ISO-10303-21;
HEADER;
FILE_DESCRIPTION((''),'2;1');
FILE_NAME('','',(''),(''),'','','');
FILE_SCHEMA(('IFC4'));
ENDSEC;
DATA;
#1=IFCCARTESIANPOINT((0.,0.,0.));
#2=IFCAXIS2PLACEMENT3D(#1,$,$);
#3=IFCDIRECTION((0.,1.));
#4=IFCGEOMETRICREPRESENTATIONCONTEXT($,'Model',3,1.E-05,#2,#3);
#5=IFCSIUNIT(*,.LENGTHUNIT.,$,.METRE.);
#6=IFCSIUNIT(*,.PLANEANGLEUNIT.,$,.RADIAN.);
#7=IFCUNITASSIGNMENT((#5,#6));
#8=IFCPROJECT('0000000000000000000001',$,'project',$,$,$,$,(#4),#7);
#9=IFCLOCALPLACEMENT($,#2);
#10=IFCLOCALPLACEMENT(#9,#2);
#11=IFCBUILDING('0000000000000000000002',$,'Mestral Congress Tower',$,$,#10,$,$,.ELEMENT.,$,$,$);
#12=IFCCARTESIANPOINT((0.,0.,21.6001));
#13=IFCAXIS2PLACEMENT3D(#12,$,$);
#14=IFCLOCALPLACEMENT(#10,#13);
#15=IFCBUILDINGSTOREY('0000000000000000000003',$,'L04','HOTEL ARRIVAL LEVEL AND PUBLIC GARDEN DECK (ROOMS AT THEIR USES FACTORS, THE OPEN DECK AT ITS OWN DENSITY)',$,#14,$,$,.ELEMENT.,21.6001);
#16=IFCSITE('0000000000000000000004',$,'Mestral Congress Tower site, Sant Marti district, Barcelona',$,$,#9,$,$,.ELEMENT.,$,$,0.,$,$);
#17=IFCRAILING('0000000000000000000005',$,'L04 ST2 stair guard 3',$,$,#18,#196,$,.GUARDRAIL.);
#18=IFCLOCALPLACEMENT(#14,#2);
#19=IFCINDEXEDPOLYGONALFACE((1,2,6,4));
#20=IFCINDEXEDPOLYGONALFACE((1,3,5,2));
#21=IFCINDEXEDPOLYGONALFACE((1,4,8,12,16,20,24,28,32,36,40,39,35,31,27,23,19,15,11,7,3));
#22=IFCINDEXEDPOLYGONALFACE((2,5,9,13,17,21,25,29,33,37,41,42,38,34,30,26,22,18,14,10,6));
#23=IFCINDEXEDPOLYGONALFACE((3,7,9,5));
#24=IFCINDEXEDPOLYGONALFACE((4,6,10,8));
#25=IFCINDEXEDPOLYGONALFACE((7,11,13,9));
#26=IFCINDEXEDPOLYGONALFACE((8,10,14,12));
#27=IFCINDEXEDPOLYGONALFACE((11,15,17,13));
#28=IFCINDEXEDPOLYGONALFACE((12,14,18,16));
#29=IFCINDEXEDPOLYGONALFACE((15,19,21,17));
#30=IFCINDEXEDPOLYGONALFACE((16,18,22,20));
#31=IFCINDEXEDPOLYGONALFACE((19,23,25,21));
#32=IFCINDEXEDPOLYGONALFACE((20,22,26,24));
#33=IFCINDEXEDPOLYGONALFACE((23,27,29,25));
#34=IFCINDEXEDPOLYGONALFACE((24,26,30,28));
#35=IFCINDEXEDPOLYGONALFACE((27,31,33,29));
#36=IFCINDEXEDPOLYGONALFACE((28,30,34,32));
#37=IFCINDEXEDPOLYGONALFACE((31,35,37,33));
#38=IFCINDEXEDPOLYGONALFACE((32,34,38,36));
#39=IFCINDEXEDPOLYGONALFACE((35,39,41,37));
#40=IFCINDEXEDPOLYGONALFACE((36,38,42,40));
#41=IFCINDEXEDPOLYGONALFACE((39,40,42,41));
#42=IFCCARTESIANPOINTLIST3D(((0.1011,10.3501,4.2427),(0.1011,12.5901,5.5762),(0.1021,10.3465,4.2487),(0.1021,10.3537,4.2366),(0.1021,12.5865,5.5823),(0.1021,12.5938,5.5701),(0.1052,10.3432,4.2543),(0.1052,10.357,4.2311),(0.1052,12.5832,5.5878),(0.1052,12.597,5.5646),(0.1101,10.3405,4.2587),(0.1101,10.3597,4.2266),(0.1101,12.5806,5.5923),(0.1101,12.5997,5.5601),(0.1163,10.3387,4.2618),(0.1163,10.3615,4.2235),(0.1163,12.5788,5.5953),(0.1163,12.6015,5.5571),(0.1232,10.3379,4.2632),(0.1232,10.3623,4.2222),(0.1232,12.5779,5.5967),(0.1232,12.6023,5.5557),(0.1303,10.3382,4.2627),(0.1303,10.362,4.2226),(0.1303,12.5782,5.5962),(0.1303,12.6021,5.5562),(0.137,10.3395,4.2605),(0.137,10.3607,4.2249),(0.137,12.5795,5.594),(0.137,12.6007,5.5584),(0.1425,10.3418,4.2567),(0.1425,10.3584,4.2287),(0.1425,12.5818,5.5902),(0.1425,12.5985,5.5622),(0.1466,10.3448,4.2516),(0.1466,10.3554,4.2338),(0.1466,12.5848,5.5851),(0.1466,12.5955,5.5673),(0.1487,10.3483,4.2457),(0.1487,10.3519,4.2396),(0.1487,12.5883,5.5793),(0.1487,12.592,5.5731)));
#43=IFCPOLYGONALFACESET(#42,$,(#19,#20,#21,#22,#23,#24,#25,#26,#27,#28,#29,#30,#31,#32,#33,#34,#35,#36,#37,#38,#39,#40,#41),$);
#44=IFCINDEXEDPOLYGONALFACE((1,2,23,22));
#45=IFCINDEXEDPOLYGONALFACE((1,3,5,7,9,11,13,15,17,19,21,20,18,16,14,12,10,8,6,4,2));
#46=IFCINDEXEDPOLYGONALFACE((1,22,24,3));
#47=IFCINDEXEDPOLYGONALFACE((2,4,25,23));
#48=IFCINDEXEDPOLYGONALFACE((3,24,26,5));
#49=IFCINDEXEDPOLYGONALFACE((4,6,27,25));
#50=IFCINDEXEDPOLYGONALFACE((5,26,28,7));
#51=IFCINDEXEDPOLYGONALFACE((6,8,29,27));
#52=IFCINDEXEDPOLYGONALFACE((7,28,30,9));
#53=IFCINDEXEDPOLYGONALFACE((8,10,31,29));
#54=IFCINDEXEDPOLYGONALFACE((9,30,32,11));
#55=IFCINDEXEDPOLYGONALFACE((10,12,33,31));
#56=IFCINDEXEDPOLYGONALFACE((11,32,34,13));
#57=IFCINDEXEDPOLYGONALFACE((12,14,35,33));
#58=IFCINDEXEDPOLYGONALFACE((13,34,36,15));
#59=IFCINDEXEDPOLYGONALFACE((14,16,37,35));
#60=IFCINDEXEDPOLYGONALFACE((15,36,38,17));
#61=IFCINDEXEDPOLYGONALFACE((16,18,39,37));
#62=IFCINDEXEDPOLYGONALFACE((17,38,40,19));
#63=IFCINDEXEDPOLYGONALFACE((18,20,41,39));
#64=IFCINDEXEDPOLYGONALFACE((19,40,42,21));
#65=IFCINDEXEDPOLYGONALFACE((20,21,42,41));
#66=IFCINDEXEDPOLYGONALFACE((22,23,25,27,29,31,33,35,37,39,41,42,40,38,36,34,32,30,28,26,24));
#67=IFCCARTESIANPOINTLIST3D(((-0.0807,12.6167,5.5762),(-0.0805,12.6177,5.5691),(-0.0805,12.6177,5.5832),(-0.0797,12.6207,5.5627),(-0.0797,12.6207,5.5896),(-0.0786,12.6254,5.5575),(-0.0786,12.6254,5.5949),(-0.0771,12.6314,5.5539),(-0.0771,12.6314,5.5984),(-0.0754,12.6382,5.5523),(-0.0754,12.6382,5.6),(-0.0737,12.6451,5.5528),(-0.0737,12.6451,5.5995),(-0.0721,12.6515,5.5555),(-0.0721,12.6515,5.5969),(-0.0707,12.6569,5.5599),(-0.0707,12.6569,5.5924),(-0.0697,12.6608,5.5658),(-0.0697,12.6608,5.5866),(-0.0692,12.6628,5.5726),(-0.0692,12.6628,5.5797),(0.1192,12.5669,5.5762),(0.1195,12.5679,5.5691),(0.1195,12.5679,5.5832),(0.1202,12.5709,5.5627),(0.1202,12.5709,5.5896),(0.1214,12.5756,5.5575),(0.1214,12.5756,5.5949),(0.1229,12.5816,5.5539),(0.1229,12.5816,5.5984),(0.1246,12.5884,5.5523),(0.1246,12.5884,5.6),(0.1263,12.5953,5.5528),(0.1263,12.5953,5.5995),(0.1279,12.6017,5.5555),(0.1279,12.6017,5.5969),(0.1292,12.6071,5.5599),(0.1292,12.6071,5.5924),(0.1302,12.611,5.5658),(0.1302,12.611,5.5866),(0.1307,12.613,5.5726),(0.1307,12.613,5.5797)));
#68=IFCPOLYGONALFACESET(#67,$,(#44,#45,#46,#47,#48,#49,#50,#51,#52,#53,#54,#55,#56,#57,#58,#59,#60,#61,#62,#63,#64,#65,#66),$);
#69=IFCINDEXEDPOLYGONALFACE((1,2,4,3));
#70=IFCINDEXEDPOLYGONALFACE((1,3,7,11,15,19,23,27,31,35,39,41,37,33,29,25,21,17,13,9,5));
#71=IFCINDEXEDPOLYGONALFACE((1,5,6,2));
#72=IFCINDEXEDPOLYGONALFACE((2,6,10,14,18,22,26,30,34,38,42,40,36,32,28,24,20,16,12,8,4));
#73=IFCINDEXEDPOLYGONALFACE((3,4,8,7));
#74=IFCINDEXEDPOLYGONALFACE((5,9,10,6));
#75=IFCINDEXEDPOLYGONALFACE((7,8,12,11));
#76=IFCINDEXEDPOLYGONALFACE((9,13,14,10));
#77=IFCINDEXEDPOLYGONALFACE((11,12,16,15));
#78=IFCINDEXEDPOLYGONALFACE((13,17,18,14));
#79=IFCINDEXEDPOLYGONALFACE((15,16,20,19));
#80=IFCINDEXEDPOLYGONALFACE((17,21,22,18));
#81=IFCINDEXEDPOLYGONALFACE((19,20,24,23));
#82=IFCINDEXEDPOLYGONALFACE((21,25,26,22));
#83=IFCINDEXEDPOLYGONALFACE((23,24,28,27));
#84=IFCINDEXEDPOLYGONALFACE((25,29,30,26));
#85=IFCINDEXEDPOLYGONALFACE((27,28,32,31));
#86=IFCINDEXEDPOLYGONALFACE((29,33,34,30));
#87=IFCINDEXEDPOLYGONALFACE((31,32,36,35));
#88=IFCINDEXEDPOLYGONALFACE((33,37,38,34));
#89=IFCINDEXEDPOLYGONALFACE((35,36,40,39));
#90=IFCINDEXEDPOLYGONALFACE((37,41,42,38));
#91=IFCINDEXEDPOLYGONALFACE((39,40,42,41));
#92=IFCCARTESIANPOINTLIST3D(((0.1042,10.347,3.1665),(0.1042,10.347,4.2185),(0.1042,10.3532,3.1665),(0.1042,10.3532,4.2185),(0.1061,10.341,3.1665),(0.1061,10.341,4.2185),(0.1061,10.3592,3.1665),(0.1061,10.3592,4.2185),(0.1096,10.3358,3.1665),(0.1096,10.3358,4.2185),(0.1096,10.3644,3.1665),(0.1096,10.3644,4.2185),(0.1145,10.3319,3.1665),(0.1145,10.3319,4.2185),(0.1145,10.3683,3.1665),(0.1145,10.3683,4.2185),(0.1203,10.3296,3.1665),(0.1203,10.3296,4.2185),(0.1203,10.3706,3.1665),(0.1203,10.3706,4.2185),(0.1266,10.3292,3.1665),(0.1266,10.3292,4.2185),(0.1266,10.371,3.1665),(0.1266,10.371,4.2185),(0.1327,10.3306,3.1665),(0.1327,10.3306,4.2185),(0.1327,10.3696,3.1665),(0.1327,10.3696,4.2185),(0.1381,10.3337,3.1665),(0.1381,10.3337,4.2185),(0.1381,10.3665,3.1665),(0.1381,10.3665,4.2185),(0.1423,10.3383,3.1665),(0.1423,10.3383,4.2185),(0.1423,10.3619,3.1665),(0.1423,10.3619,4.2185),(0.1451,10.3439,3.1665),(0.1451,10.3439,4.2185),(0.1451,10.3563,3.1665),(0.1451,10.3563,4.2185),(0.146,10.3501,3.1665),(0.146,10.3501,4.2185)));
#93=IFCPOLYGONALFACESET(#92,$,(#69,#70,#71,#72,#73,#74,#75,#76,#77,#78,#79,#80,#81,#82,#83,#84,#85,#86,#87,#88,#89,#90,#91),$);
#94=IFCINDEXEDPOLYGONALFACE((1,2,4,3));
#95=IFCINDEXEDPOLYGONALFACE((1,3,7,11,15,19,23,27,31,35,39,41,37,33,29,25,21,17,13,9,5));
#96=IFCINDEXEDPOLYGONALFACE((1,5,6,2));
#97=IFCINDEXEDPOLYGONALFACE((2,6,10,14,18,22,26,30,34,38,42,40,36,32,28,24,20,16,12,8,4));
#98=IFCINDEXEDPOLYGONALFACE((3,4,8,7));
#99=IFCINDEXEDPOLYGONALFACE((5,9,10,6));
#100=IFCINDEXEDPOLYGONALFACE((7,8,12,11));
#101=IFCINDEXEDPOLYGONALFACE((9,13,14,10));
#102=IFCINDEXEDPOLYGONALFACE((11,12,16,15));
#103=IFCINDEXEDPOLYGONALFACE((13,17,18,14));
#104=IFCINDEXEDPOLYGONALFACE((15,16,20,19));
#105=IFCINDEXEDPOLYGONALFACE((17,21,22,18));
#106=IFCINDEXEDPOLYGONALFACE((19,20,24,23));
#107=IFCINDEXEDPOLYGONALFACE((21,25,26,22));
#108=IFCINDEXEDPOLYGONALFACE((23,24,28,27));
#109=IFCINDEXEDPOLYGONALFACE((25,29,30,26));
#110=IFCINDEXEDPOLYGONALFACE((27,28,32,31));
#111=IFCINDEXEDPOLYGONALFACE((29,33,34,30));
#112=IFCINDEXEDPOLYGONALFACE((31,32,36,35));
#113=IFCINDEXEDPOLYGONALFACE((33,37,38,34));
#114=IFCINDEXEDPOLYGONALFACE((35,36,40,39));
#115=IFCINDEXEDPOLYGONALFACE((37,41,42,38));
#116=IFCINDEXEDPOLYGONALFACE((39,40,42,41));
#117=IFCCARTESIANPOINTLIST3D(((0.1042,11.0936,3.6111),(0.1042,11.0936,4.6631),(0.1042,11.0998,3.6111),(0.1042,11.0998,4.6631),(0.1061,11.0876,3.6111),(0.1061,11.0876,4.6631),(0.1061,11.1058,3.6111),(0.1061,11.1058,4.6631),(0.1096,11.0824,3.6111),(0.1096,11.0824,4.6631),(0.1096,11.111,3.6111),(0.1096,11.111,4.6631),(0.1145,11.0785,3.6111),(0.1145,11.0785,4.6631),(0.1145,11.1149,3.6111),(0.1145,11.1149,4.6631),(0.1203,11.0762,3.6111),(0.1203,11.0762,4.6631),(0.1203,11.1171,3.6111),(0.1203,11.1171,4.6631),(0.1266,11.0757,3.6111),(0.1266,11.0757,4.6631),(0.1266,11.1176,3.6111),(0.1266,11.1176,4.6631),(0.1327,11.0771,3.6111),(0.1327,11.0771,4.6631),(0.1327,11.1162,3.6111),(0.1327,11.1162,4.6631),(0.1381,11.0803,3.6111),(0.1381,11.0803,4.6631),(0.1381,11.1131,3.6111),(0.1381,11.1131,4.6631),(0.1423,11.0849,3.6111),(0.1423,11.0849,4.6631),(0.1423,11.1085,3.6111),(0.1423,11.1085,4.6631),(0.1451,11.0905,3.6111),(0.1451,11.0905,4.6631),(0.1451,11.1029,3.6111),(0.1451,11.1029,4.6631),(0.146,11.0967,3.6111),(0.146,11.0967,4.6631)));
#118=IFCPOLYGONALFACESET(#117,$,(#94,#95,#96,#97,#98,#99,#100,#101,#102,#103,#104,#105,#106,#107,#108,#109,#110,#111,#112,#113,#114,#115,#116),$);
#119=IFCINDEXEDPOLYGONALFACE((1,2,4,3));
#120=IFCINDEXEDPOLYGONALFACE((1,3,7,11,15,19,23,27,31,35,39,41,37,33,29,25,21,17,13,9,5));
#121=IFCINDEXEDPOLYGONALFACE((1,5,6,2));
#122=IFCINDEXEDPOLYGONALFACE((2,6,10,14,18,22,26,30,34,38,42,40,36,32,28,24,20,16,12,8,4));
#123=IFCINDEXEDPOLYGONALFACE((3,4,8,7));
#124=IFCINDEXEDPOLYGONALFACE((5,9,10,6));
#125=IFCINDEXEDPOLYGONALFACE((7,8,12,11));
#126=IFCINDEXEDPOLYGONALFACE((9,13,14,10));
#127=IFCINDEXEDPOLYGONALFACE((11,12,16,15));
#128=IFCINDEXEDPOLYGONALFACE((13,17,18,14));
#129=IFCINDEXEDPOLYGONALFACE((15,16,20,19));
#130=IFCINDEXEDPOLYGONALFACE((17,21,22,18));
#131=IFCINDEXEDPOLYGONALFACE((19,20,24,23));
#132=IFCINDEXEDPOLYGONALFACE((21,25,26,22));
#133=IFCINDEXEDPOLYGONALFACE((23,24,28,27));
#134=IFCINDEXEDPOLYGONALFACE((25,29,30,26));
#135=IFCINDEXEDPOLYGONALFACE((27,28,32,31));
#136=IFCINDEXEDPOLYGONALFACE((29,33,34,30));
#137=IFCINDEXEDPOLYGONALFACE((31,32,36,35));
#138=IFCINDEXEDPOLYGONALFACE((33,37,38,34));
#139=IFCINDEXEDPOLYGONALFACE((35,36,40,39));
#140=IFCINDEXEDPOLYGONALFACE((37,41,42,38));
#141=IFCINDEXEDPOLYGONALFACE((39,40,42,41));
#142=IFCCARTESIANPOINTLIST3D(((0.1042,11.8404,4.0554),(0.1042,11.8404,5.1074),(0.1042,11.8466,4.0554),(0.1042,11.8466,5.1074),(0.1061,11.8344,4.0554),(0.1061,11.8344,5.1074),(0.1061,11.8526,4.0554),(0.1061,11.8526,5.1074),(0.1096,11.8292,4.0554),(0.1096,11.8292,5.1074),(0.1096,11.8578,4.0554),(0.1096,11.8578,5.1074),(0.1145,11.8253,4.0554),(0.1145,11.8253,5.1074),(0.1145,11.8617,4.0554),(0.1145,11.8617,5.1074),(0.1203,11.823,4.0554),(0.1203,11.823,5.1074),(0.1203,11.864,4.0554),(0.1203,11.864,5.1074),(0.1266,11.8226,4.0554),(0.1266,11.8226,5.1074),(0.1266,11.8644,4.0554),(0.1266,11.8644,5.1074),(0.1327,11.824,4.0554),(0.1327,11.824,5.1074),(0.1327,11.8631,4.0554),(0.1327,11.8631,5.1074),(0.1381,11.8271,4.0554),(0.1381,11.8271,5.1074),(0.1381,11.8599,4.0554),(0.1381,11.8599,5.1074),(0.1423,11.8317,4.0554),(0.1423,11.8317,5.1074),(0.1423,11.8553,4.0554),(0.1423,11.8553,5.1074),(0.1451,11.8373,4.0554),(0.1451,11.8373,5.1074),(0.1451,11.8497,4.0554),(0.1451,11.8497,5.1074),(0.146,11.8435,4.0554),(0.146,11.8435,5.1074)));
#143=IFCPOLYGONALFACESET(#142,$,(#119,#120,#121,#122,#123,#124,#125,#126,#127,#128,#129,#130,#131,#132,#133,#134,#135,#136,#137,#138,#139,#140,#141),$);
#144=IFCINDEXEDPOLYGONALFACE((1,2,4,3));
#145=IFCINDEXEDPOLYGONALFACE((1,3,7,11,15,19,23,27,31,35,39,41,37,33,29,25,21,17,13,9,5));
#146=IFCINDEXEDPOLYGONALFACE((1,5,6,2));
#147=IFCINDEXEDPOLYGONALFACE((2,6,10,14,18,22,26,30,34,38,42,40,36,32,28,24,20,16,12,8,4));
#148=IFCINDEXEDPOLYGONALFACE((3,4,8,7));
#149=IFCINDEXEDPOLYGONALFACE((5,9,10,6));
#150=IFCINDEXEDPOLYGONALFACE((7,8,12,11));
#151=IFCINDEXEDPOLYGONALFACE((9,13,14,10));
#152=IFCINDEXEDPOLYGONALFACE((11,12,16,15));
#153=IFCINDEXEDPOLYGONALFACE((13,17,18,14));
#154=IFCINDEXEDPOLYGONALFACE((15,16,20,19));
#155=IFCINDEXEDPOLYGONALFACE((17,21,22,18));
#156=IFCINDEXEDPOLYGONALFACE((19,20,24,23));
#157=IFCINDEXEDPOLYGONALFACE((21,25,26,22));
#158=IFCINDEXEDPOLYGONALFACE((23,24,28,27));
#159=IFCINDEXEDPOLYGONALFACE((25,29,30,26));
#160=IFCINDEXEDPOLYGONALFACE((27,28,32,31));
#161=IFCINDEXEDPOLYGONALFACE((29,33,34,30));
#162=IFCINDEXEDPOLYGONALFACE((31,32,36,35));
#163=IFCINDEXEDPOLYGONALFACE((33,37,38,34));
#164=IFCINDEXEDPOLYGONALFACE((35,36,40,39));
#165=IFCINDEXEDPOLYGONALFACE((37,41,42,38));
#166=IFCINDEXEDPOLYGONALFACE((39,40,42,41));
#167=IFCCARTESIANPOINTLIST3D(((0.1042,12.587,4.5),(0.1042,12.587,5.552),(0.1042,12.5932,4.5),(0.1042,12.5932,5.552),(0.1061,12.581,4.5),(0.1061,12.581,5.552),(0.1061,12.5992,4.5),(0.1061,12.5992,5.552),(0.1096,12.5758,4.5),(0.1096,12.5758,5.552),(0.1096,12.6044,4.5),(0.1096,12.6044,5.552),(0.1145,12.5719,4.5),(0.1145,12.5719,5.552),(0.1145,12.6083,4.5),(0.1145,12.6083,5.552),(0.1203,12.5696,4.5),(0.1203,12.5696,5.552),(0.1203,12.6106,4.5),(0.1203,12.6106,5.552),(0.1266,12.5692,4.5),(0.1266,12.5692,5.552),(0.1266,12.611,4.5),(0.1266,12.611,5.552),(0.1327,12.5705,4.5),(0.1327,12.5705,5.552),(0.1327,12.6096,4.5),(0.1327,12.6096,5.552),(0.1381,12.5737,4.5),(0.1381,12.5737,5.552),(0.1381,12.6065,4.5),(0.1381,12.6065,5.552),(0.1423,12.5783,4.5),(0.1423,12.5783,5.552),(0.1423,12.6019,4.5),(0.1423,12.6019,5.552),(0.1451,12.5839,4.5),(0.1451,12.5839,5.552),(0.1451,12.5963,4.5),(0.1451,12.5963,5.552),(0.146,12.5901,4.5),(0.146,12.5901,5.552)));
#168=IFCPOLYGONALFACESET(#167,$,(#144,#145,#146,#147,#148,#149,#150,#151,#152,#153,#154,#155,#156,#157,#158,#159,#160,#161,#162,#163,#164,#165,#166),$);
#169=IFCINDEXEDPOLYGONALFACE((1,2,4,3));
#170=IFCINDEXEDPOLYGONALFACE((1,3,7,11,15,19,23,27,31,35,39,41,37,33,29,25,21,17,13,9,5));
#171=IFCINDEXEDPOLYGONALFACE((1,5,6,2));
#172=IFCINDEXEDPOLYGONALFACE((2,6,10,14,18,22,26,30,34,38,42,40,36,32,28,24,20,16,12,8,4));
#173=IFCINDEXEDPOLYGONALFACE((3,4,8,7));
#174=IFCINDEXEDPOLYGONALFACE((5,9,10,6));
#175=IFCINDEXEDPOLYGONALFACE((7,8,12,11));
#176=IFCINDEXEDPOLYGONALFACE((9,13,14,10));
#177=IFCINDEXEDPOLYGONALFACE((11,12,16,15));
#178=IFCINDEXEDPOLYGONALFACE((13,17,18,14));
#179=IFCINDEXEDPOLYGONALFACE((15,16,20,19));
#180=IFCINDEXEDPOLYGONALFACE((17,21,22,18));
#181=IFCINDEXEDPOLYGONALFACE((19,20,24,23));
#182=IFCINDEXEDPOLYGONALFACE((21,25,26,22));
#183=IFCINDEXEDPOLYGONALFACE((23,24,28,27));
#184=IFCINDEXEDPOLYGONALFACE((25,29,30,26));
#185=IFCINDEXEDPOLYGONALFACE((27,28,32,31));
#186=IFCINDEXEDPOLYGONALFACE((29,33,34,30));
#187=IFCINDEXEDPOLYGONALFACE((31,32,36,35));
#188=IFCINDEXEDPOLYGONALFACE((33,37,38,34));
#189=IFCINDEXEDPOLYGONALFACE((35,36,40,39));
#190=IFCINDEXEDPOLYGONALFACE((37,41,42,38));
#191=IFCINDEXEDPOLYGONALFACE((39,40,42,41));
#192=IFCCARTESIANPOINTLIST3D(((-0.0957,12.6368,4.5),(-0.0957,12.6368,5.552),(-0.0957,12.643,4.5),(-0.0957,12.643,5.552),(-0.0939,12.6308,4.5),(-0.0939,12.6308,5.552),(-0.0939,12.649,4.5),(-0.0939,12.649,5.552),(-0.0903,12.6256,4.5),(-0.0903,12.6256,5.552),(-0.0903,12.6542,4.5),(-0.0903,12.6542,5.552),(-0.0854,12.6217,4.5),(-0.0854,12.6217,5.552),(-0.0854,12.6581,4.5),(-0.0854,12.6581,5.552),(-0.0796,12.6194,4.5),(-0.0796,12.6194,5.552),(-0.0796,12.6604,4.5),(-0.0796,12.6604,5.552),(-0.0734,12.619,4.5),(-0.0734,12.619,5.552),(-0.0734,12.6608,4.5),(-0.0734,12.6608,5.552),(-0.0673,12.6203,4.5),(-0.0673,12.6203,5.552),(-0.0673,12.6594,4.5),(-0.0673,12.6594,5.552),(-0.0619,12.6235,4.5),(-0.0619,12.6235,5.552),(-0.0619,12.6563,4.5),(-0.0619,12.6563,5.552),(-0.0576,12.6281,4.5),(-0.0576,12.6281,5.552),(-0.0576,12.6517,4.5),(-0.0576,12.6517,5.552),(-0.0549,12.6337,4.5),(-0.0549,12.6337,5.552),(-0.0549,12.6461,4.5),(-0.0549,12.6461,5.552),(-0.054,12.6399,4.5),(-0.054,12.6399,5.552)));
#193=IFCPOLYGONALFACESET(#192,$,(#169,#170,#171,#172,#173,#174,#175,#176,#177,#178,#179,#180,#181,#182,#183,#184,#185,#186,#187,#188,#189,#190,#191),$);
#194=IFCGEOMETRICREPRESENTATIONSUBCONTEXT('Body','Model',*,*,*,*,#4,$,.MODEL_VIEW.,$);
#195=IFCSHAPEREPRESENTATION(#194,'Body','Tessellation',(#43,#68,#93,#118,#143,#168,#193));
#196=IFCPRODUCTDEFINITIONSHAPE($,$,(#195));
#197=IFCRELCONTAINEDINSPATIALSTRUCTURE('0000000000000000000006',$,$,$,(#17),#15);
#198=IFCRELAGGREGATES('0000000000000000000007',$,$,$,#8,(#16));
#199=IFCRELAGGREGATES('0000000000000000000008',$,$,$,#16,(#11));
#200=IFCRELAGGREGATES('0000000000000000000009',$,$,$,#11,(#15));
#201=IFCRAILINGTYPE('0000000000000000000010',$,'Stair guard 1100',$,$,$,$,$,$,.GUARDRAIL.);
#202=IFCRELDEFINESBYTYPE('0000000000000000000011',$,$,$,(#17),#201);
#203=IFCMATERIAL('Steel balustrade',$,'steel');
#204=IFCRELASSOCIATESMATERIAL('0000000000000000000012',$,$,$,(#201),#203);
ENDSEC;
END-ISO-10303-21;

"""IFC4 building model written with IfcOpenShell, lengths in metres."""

from ifc_helpers import new_model, si_unit, direction, frame, origin, origin_2d, place, context, subcontext, project, spatial, circle, extrude, material, type_object, element, save


model = new_model("IFC4")

# Units and contexts
model_context = context("Model", 3, precision=1e-05, world=origin(), true_north=direction((0.0, 1.0)))
body_context = subcontext(model_context, "Body", "Model", "MODEL_VIEW")
ifc_project = project(units=[si_unit("LENGTHUNIT", "METRE"), si_unit("PLANEANGLEUNIT", "RADIAN")], contexts=[model_context])

# Site, building, storey
site_placement = place(None, origin())
site = spatial("IfcSite", under=ifc_project, at=site_placement, Name="Mestral Congress Tower site, Sant Marti district, Barcelona", CompositionType="ELEMENT", RefElevation=0.0)
building_placement = place(site_placement, origin())
building = spatial("IfcBuilding", under=site, at=building_placement, Name="Mestral Congress Tower", CompositionType="ELEMENT")
storey_placement = place(building_placement, frame((0.0, 0.0, 21.6001)))
storey = spatial("IfcBuildingStorey", under=building, at=storey_placement, Name="L04", Description="HOTEL ARRIVAL LEVEL AND PUBLIC GARDEN DECK (ROOMS AT THEIR USES FACTORS, THE OPEN DECK AT ITS OWN DENSITY)", CompositionType="ELEMENT", Elevation=21.6001)

# Railing
ifc_material_1 = material(Name="Steel balustrade", Category="steel")
railing_type_1 = type_object("IfcRailingType", Name="Stair guard 1100", PredefinedType="GUARDRAIL", material=ifc_material_1)
for number, where, name in (
    (1, (0.125, 10.3501, 3.1665), "L04 ST2 stair guard 3"),
):
    element("IfcRailing", number, at=place(storey_placement, frame(where)), inside=storey, type_object=railing_type_1, Name=name, PredefinedType="GUARDRAIL", context=body_context, shape_type="SweptSolid", body=[
        extrude(circle(Radius=0.0239, at=origin_2d()), frame((0.0, 0.0, 1.0762), z_axis=(0.0, 0.859264, 0.511532), x_axis=(-1.0, 0.0, 0.0)), (0.0, 0.0, 1.0), 2.6069),
        extrude(circle(Radius=0.0239, at=origin_2d()), frame((0.0, 2.24, 2.4097), z_axis=(-0.970351, 0.241699, 0.0), x_axis=(-0.241699, -0.970351, 0.0)), (0.0, 0.0, 1.0), 0.2061),
        extrude(circle(Radius=0.021, at=origin_2d()), origin(), (0.0, 0.0, 1.0), 1.052),
        extrude(circle(Radius=0.021, at=origin_2d()), frame((0.0, 0.7466, 0.4446)), (0.0, 0.0, 1.0), 1.052),
        extrude(circle(Radius=0.021, at=origin_2d()), frame((0.0, 1.4934, 0.8889)), (0.0, 0.0, 1.0), 1.052),
        extrude(circle(Radius=0.021, at=origin_2d()), frame((0.0, 2.24, 1.3335)), (0.0, 0.0, 1.0), 1.052),
        extrude(circle(Radius=0.021, at=origin_2d()), frame((-0.2, 2.2898, 1.3335)), (0.0, 0.0, 1.0), 1.052),
    ])

save(model, "model.ifc")
